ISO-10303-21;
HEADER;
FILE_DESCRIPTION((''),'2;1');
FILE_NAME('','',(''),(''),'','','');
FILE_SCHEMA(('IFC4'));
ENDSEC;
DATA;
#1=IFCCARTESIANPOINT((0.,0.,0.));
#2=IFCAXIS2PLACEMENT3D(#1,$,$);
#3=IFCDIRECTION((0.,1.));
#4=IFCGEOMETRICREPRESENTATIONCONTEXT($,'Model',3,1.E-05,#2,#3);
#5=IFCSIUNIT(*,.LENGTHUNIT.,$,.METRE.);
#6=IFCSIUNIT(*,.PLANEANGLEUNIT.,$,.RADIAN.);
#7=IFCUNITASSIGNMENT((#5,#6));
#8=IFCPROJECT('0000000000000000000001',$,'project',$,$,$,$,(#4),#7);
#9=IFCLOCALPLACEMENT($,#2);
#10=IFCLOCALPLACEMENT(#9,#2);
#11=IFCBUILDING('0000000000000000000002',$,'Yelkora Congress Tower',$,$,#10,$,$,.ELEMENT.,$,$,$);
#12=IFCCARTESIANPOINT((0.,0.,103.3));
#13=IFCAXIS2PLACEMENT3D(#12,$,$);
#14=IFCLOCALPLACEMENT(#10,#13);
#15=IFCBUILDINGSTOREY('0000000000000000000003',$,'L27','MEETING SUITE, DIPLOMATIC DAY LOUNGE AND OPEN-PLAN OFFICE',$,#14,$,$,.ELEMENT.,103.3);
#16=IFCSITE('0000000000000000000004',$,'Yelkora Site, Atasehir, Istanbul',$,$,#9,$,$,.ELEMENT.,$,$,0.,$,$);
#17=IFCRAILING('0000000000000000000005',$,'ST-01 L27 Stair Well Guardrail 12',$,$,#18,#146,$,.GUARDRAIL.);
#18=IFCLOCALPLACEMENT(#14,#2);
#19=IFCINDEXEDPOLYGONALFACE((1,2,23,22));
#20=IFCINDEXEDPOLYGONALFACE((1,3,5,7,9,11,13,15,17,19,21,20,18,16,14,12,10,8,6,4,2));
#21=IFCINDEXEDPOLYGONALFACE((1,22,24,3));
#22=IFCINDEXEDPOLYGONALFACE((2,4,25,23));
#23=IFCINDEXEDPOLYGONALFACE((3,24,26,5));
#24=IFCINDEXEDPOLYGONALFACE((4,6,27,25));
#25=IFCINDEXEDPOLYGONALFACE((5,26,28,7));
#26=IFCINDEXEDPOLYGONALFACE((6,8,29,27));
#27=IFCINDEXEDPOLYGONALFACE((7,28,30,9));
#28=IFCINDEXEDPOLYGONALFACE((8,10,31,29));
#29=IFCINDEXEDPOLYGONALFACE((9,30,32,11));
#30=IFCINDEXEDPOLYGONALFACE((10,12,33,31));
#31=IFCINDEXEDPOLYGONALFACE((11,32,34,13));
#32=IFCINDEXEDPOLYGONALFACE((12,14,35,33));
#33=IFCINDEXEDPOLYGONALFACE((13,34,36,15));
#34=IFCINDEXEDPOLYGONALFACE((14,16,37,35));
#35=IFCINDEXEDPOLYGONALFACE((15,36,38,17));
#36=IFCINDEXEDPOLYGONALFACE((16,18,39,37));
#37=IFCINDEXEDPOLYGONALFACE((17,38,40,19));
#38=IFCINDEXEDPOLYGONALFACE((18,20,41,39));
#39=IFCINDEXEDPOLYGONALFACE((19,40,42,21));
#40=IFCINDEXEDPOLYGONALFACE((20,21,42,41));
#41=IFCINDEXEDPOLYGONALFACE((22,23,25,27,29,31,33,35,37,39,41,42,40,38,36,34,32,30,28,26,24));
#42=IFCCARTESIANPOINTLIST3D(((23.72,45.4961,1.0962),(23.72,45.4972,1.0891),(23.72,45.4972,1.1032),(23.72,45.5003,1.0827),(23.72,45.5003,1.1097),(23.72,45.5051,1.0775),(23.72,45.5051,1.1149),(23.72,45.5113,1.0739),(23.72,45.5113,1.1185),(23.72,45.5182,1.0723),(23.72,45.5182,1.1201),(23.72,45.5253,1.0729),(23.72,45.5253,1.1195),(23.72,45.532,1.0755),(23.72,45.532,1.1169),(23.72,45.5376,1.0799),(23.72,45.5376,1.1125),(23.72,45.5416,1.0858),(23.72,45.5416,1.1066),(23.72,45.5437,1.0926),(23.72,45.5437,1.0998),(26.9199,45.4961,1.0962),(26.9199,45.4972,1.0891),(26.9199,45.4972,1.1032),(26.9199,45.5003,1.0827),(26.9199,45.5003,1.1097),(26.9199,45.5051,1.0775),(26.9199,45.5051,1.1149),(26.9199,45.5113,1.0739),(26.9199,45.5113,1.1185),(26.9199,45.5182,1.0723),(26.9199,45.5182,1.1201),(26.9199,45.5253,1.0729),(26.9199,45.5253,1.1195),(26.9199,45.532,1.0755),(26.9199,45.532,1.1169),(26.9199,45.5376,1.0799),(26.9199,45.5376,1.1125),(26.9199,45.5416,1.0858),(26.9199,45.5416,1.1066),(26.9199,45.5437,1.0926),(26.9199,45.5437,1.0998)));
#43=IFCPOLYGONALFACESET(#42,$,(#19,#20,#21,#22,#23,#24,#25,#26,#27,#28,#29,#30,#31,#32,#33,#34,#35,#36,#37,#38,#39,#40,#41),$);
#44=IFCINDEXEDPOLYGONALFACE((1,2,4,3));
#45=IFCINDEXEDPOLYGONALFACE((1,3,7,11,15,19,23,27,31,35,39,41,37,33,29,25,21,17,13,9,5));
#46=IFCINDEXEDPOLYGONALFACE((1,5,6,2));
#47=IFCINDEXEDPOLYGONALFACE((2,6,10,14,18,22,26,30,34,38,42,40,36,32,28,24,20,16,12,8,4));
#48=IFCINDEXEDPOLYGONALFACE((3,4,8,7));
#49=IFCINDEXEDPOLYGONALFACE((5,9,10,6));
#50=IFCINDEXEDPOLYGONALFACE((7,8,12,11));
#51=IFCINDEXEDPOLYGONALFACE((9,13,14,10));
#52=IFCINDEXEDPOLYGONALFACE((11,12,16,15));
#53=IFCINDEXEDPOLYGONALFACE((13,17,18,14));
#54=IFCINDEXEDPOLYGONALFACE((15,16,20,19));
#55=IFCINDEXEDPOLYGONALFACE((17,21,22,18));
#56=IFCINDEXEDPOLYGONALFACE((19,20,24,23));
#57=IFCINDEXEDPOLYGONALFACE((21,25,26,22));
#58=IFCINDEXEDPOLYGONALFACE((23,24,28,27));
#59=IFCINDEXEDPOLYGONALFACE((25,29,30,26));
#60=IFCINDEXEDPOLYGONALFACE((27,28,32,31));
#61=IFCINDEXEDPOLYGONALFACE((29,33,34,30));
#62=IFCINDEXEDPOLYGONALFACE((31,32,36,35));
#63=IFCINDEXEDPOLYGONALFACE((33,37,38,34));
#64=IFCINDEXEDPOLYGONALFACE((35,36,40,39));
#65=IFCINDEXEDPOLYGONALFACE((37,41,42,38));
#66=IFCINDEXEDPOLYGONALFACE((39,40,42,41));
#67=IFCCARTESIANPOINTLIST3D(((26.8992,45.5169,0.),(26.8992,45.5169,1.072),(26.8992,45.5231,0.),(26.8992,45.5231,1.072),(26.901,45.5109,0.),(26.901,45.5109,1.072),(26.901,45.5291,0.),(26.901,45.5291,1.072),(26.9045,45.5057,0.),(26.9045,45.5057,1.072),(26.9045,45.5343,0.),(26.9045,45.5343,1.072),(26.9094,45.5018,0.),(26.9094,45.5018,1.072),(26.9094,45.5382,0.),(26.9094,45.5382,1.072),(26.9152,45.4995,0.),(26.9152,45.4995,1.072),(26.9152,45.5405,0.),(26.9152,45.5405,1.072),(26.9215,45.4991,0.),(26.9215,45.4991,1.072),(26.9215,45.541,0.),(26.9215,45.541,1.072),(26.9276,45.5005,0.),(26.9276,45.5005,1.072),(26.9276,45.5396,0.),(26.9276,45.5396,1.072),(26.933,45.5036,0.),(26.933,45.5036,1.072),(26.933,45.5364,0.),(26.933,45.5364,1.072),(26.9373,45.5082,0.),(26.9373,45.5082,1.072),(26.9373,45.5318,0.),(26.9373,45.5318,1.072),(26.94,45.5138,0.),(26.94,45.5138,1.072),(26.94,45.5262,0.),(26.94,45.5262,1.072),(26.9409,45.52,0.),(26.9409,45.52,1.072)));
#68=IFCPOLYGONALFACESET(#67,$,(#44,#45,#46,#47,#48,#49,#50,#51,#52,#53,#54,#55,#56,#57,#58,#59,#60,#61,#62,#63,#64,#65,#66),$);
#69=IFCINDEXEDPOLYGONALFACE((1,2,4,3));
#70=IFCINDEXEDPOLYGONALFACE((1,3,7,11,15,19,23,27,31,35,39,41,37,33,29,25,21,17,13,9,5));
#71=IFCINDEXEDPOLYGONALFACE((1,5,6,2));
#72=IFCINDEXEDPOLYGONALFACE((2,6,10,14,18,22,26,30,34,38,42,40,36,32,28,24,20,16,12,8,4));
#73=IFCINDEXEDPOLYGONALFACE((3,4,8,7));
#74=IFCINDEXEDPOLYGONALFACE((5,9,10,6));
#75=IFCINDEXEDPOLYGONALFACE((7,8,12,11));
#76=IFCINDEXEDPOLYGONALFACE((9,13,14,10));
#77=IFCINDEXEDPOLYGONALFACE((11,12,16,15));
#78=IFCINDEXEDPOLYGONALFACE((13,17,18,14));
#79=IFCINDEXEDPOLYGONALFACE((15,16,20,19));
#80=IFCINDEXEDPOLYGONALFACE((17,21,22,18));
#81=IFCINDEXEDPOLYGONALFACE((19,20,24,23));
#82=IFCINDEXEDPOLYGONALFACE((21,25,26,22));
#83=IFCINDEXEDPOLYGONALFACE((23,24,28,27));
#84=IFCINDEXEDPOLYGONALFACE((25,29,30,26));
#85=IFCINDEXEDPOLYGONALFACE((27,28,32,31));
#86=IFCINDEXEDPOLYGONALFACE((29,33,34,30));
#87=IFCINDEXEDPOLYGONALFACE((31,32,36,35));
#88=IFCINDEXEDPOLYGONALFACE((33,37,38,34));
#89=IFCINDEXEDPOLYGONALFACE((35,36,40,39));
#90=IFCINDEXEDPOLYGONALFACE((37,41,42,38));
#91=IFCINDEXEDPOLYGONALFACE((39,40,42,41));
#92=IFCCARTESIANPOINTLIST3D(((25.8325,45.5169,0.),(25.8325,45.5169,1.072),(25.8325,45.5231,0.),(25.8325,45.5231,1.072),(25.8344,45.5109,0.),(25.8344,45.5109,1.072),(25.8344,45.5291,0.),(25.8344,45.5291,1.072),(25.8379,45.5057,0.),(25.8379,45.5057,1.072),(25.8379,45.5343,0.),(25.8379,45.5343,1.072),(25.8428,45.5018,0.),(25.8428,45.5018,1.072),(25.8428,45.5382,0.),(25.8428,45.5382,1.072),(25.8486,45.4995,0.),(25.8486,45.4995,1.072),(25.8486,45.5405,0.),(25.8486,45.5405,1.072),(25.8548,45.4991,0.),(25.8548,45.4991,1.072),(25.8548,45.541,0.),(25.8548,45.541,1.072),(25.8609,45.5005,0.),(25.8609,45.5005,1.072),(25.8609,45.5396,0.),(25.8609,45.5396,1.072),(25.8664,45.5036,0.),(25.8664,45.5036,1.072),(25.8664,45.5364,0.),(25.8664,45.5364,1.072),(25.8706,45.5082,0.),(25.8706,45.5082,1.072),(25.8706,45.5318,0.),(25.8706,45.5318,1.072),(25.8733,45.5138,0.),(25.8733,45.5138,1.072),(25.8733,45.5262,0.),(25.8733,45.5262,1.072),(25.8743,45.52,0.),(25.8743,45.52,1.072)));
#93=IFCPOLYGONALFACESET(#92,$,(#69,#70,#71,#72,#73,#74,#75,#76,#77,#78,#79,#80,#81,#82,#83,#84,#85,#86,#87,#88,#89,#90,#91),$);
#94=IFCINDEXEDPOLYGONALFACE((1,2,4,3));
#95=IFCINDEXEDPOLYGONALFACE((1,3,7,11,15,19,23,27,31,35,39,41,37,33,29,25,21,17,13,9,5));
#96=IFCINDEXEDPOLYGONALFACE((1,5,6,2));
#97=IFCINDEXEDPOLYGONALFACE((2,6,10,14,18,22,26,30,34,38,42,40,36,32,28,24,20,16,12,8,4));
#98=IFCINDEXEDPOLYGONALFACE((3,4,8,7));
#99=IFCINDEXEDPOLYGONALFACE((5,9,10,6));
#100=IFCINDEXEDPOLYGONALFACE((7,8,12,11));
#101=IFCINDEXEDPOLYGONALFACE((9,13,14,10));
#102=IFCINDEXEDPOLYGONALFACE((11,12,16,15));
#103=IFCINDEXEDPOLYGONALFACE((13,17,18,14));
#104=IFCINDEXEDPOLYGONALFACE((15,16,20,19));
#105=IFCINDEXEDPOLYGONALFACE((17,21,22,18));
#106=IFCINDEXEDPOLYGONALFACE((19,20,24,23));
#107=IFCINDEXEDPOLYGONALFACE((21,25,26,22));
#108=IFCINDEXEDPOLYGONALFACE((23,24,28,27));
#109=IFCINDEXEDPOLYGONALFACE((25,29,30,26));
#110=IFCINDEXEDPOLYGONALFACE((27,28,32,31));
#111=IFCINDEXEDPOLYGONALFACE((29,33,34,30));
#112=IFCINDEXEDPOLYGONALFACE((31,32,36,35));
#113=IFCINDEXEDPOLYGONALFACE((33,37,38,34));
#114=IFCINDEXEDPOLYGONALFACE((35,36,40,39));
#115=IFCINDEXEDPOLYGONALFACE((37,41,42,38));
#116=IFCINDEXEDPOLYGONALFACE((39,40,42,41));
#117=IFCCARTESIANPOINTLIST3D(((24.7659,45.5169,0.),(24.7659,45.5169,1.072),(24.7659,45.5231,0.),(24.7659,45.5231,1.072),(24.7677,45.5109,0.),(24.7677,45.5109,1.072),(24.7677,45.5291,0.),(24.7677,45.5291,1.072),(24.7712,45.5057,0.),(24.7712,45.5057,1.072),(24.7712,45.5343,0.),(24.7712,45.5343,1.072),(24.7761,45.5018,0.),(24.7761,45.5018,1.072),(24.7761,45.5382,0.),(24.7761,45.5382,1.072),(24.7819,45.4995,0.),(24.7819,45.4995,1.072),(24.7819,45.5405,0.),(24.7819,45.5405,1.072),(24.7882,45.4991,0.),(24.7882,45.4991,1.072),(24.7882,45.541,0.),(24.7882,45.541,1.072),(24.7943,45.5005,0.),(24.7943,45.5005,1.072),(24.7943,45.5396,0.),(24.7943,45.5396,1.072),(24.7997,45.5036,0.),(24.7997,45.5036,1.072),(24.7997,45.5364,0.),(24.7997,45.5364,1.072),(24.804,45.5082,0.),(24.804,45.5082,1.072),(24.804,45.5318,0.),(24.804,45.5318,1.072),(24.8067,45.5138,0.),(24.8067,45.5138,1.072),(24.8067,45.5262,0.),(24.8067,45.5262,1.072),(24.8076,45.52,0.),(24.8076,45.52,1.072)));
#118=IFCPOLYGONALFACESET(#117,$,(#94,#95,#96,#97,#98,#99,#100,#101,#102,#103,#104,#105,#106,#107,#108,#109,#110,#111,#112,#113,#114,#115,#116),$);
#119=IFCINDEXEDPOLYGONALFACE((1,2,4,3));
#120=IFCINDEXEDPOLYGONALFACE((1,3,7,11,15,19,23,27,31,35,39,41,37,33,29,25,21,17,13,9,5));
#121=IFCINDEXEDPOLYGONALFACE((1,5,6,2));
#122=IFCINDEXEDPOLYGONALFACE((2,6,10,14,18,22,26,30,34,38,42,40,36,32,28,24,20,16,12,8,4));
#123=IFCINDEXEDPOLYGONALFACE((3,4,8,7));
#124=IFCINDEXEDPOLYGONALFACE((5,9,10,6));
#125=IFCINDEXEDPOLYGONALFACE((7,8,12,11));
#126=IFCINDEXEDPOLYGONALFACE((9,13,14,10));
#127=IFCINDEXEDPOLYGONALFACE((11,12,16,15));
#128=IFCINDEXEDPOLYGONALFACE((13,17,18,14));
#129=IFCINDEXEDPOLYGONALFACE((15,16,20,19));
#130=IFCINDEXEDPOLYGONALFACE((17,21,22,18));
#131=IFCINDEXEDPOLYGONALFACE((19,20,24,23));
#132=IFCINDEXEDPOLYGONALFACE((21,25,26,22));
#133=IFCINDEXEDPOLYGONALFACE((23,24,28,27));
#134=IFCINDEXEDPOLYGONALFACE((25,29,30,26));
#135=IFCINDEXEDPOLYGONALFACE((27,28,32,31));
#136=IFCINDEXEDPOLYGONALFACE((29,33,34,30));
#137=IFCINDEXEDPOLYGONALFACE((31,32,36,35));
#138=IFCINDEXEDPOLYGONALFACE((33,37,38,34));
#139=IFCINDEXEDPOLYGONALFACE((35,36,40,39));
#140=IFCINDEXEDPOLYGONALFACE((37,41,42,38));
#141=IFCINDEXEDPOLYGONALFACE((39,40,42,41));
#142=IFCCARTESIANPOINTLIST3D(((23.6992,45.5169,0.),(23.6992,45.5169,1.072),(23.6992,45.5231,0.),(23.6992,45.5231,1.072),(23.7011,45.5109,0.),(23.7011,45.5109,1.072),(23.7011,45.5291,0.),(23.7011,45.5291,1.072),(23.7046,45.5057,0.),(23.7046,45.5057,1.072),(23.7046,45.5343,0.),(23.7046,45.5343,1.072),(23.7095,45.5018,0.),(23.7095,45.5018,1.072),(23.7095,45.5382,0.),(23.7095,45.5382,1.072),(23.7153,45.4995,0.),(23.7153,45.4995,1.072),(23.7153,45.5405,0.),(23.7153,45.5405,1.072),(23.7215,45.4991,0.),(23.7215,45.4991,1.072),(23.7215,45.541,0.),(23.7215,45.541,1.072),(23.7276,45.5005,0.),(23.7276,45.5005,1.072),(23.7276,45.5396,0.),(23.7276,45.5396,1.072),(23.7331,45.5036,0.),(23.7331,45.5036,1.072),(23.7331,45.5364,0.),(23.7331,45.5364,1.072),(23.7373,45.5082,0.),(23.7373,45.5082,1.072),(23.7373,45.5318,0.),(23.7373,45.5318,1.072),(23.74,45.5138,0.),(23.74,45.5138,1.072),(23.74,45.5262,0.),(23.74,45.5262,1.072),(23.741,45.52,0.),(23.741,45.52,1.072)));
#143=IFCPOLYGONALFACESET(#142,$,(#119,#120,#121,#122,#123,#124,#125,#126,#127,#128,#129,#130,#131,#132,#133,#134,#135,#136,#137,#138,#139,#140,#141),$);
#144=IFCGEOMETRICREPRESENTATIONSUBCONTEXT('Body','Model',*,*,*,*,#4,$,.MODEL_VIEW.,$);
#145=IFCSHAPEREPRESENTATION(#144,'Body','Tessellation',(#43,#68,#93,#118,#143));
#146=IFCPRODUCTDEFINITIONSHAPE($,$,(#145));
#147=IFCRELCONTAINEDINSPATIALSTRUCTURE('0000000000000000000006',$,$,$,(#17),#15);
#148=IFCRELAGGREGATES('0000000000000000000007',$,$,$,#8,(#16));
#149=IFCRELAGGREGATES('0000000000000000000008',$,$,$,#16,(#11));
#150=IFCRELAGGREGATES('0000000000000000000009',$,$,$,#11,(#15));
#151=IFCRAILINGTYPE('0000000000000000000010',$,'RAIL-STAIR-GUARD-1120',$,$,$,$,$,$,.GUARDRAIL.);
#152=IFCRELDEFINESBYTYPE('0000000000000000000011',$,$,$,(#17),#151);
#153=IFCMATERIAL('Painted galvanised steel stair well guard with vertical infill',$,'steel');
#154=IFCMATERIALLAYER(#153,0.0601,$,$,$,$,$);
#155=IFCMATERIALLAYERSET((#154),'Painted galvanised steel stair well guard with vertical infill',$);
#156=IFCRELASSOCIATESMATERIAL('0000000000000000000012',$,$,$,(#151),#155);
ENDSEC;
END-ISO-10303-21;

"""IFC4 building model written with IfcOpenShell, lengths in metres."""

from ifc_helpers import new_model, si_unit, direction, frame, origin, origin_2d, place, context, subcontext, project, spatial, circle, extrude, material, layer, layer_set, type_object, element, save


model = new_model("IFC4")

# Units and contexts
model_context = context("Model", 3, precision=1e-05, world=origin(), true_north=direction((0.0, 1.0)))
body_context = subcontext(model_context, "Body", "Model", "MODEL_VIEW")
ifc_project = project(units=[si_unit("LENGTHUNIT", "METRE"), si_unit("PLANEANGLEUNIT", "RADIAN")], contexts=[model_context])

# Site, building, storey
site_placement = place(None, origin())
site = spatial("IfcSite", under=ifc_project, at=site_placement, Name="Yelkora Site, Atasehir, Istanbul", CompositionType="ELEMENT", RefElevation=0.0)
building_placement = place(site_placement, origin())
building = spatial("IfcBuilding", under=site, at=building_placement, Name="Yelkora Congress Tower", CompositionType="ELEMENT")
storey_placement = place(building_placement, frame((0.0, 0.0, 103.3)))
storey = spatial("IfcBuildingStorey", under=building, at=storey_placement, Name="L27", Description="MEETING SUITE, DIPLOMATIC DAY LOUNGE AND OPEN-PLAN OFFICE", CompositionType="ELEMENT", Elevation=103.3)

# Railing
ifc_material_1 = material(Name="Painted galvanised steel stair well guard with vertical infill", Category="steel")
ifc_layer_1 = layer(ifc_material_1, 0.0601)
ifc_layer_set_1 = layer_set([ifc_layer_1], Name="Painted galvanised steel stair well guard with vertical infill")
railing_type_1 = type_object("IfcRailingType", Name="RAIL-STAIR-GUARD-1120", PredefinedType="GUARDRAIL", material=ifc_layer_set_1)
railing_1_placement = place(storey_placement, frame((26.9199, 45.52, 0.0)))
element("IfcRailing", 1, at=railing_1_placement, inside=storey, type_object=railing_type_1, Name="ST-01 L27 Stair Well Guardrail 12", PredefinedType="GUARDRAIL", context=body_context, shape_type="SweptSolid", body=[
    extrude(circle(Radius=0.0239, at=origin_2d()), frame((0.0, 0.0, 1.0962), z_axis=(-1.0, 0.0, 0.0), x_axis=(0.0, -1.0, 0.0)), (0.0, 0.0, 1.0), 3.2),
    extrude(circle(Radius=0.021, at=origin_2d()), origin(), (0.0, 0.0, 1.0), 1.072),
    extrude(circle(Radius=0.021, at=origin_2d()), frame((-1.0667, 0.0, 0.0)), (0.0, 0.0, 1.0), 1.072),
    extrude(circle(Radius=0.021, at=origin_2d()), frame((-2.1333, 0.0, 0.0)), (0.0, 0.0, 1.0), 1.072),
    extrude(circle(Radius=0.021, at=origin_2d()), frame((-3.2, 0.0, 0.0)), (0.0, 0.0, 1.0), 1.072),
])

save(model, "model.ifc")
